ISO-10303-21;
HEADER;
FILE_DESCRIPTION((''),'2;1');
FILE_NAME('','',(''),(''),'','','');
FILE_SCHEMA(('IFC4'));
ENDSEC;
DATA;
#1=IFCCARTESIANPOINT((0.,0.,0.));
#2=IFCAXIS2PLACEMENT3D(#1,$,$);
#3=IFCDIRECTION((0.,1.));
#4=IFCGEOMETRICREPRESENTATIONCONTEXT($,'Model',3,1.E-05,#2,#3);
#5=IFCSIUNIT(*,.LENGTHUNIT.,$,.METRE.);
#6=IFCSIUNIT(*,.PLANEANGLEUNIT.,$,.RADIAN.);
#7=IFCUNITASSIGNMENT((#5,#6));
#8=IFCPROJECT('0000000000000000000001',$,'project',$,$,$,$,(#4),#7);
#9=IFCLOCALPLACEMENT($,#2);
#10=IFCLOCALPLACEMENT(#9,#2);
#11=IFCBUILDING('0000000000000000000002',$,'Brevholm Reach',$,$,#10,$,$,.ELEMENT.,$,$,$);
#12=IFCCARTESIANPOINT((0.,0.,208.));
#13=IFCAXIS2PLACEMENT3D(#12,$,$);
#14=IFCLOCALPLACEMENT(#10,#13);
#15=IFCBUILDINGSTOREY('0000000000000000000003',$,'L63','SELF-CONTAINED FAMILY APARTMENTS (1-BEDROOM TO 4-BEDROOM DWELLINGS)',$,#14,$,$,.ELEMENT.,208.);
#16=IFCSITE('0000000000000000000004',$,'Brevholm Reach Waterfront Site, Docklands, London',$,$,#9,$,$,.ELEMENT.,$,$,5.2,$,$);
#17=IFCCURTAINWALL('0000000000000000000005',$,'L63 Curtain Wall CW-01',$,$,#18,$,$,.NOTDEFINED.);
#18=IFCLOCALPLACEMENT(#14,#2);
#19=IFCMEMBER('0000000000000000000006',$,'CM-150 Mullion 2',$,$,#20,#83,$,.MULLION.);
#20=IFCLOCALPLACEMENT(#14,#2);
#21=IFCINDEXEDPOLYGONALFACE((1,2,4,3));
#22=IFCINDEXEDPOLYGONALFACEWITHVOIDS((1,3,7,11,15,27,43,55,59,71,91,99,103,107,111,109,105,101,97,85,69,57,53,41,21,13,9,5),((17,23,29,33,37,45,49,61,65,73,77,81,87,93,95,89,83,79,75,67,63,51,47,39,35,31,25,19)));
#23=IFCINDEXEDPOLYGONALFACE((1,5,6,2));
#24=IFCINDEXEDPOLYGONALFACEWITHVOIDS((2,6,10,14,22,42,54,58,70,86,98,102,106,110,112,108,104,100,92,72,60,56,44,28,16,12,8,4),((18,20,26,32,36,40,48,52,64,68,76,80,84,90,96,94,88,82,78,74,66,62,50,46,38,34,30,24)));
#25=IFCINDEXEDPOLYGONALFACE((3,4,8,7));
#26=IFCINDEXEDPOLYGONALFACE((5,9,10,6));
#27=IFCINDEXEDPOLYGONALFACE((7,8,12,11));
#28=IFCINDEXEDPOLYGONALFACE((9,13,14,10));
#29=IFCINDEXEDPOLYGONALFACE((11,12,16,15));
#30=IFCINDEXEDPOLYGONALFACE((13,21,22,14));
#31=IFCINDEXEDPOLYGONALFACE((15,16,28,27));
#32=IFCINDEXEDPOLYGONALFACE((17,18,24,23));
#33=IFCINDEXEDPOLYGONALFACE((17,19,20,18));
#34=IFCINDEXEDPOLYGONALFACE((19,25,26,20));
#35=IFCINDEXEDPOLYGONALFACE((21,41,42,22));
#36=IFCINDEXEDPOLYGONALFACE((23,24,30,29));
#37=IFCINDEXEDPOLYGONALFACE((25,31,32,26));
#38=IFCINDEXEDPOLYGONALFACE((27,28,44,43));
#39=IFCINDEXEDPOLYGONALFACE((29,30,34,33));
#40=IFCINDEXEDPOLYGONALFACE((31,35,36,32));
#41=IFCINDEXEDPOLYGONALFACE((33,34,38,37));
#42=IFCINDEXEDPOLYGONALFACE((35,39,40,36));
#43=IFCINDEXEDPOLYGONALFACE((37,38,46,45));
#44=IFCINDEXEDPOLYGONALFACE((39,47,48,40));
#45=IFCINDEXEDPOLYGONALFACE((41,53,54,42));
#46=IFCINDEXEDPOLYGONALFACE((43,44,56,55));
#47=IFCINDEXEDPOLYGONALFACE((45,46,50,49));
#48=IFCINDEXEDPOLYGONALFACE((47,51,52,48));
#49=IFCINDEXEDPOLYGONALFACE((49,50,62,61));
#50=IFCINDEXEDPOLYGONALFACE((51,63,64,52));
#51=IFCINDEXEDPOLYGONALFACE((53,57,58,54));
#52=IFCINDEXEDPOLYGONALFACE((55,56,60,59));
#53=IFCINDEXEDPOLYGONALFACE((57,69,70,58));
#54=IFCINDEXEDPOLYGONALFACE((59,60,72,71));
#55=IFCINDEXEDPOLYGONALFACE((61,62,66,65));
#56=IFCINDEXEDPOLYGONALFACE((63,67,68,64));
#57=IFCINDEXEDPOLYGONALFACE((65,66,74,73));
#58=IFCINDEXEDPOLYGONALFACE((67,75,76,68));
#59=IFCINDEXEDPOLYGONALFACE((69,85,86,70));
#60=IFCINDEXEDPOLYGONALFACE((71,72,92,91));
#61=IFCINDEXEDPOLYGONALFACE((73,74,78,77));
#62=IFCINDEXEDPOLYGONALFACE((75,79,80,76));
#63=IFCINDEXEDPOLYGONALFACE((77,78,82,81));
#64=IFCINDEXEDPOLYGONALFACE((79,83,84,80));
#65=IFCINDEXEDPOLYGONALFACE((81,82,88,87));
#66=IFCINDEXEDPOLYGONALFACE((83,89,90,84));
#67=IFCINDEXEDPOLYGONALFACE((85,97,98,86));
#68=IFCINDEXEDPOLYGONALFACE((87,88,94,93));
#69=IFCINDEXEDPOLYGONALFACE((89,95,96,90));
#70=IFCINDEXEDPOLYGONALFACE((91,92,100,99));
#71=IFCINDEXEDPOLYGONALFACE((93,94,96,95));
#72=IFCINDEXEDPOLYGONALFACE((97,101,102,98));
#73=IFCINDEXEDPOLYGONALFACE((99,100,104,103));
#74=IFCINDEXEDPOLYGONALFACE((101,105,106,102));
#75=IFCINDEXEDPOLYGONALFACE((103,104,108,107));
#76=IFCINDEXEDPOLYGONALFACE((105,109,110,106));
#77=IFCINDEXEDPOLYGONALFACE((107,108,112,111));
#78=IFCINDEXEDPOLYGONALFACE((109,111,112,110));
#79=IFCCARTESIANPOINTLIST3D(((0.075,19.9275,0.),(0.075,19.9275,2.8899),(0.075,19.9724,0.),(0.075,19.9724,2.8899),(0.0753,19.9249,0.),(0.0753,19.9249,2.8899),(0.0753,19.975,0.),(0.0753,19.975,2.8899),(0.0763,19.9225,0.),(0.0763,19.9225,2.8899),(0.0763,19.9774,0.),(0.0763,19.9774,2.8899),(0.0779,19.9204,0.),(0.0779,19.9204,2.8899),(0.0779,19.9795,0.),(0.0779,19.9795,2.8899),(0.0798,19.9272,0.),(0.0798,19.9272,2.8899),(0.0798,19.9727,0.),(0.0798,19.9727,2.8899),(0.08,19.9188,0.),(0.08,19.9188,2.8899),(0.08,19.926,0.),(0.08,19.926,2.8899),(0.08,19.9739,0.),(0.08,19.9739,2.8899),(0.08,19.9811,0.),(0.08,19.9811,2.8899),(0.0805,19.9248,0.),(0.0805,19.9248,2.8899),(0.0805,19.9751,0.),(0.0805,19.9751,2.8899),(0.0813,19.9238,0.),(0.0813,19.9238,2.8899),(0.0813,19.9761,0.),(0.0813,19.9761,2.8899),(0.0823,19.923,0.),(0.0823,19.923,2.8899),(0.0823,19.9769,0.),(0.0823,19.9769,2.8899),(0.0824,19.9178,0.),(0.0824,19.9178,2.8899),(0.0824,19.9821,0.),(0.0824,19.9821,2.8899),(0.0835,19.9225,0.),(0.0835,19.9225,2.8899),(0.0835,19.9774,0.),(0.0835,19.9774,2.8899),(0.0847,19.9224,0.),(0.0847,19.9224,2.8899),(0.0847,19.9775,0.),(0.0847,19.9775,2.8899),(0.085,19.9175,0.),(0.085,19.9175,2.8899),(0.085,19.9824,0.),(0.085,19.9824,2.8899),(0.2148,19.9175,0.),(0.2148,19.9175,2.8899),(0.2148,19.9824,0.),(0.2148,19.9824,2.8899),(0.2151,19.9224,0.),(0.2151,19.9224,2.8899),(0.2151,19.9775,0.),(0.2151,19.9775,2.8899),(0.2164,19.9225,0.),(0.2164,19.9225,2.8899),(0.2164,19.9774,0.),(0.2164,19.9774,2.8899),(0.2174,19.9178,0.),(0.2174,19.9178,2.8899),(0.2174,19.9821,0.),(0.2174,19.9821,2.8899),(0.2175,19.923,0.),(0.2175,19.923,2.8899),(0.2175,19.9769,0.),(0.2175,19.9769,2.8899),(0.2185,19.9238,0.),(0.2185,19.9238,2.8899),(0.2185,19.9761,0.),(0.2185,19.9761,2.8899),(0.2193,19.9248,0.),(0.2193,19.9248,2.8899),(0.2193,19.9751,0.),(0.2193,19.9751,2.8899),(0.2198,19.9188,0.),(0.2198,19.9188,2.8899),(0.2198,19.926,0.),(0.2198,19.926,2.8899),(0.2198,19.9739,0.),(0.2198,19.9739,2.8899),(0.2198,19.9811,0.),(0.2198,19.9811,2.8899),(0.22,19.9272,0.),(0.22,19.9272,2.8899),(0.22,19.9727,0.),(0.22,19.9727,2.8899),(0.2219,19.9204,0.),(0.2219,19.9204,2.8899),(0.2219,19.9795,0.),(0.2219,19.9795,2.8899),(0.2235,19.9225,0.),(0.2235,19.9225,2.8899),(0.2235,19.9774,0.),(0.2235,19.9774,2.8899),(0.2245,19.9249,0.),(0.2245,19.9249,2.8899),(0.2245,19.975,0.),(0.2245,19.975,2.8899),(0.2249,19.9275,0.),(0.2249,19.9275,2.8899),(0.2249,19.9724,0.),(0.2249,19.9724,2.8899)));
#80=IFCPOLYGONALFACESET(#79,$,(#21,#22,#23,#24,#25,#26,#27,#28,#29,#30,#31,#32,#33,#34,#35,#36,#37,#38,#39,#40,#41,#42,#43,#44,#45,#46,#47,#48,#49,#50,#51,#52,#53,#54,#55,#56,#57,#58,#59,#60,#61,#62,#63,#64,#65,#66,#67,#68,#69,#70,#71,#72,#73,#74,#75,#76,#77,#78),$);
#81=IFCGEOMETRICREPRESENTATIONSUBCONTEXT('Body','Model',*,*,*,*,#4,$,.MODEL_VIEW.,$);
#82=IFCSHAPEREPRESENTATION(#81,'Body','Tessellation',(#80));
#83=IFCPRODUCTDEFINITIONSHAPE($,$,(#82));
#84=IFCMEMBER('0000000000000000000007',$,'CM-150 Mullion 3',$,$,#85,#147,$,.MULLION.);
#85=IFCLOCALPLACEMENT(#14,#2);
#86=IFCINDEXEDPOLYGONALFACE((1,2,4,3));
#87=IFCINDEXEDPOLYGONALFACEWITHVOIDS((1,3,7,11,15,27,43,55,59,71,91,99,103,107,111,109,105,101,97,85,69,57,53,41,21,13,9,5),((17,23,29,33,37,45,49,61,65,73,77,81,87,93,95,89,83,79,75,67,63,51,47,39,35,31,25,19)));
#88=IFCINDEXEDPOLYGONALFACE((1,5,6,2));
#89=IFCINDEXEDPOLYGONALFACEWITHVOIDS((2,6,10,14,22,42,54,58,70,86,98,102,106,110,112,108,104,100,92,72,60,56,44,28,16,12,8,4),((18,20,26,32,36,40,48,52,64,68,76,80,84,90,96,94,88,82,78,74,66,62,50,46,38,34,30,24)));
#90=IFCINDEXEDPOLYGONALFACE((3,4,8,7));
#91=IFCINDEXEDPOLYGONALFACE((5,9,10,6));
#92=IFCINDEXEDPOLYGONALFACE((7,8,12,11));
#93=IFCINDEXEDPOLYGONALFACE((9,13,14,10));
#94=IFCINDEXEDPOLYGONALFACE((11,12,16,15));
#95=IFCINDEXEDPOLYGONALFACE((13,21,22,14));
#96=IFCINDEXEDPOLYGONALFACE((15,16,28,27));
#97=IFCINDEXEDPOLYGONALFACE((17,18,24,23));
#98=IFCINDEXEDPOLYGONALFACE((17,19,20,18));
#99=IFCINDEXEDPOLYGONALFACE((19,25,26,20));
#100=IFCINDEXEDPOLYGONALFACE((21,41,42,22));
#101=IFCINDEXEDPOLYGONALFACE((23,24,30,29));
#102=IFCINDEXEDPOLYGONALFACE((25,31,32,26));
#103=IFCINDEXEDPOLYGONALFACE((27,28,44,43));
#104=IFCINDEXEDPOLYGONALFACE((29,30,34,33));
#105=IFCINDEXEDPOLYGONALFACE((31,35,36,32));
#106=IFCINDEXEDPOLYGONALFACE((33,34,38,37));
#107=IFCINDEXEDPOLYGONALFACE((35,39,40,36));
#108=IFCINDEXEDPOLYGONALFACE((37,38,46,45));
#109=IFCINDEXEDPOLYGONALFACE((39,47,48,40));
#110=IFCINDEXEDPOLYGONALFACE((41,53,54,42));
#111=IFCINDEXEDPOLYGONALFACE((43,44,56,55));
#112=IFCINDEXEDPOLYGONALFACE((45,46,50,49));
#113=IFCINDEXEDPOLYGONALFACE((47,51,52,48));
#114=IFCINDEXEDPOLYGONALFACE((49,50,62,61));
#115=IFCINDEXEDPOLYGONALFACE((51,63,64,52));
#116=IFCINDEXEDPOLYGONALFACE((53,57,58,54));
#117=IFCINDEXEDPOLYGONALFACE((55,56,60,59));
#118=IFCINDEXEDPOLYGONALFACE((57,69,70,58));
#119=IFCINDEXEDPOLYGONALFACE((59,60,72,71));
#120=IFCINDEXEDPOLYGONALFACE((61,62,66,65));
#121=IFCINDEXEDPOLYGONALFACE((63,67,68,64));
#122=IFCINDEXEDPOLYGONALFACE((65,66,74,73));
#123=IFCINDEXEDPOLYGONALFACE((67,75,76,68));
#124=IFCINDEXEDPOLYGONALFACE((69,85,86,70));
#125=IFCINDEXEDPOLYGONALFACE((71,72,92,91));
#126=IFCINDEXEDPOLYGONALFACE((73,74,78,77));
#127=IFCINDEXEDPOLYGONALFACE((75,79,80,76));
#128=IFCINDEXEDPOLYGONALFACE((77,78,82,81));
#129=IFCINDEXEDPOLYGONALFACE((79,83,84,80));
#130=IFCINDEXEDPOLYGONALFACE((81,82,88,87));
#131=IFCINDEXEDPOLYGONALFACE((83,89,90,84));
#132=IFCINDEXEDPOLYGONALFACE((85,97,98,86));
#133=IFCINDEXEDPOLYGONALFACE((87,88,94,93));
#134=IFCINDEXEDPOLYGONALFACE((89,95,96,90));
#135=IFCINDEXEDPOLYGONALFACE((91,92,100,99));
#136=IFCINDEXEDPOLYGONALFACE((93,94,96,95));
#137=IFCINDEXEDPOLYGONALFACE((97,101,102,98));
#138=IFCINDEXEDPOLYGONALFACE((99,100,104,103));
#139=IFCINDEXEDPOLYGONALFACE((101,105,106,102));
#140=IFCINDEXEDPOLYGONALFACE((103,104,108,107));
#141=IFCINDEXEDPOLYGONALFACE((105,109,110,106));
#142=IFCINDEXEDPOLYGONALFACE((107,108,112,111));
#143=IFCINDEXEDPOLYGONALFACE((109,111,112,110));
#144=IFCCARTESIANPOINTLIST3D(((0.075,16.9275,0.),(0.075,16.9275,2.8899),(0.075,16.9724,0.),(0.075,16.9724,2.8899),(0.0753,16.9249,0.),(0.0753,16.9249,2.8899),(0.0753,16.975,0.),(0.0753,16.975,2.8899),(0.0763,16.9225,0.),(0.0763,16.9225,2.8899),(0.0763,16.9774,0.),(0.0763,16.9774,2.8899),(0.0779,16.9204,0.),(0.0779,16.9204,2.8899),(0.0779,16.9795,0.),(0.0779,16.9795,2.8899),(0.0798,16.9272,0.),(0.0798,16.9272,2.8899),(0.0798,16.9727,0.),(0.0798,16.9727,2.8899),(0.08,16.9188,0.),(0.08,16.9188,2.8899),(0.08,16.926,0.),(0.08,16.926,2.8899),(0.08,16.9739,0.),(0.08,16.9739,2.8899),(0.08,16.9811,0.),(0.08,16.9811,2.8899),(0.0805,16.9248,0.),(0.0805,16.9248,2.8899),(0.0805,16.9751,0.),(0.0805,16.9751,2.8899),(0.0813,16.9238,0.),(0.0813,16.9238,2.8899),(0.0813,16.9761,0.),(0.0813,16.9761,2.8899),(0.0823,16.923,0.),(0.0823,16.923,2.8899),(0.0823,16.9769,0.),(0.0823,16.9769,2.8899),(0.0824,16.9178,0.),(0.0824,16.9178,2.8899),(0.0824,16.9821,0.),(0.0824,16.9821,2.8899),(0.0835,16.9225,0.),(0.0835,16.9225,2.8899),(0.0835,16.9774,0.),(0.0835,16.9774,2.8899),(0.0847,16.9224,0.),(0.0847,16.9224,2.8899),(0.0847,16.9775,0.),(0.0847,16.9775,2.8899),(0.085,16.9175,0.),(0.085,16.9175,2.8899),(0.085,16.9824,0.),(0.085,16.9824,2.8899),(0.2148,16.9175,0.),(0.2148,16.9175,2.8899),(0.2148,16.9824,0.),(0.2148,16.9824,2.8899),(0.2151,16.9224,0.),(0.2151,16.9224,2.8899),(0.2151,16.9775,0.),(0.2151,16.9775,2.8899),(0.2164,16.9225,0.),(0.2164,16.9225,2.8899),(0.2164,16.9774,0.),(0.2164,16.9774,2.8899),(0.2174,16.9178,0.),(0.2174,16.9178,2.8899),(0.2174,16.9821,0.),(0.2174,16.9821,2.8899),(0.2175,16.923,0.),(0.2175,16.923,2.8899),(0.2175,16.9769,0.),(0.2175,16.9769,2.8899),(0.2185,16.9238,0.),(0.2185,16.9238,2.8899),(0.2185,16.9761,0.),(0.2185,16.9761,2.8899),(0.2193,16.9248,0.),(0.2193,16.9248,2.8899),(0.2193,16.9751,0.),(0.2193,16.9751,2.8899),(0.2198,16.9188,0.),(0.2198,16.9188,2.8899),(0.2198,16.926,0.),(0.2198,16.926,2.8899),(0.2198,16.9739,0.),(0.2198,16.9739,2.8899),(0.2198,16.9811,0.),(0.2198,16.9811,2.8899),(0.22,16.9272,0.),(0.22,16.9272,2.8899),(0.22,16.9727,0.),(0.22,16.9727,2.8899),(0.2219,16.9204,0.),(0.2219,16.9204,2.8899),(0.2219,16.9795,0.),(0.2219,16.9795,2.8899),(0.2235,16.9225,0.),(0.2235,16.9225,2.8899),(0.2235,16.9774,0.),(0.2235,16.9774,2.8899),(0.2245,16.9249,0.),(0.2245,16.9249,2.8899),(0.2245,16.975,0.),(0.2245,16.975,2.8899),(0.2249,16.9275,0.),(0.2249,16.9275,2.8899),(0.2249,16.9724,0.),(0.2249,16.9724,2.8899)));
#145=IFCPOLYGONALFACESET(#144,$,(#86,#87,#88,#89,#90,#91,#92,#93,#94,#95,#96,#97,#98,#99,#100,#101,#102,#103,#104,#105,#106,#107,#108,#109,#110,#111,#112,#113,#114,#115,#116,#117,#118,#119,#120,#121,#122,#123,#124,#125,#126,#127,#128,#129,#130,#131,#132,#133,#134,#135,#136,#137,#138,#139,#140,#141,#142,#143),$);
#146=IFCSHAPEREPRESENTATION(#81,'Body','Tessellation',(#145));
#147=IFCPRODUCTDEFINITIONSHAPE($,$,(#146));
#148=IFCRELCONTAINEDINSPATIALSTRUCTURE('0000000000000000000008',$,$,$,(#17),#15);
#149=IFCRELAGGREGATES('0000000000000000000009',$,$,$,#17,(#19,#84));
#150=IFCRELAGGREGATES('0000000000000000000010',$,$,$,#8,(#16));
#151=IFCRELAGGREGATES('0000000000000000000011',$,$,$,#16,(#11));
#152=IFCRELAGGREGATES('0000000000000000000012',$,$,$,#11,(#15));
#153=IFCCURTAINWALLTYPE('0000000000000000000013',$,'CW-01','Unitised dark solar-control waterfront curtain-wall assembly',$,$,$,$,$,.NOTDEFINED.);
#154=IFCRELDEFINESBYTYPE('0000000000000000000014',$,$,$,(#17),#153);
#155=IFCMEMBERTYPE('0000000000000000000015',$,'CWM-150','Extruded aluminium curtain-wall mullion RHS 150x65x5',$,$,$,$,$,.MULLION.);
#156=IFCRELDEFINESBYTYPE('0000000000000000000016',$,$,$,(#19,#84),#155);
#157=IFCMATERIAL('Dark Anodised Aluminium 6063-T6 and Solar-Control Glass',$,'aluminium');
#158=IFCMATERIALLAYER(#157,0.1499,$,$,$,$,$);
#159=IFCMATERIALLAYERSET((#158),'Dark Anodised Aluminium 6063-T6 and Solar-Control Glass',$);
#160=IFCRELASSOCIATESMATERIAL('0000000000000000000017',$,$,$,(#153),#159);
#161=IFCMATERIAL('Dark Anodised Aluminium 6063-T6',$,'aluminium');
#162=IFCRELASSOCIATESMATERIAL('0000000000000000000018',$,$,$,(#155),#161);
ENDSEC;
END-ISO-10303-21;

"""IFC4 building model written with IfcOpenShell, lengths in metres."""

from ifc_helpers import new_model, si_unit, direction, frame, origin, origin_2d, place, context, subcontext, project, spatial, hollow_rectangle, extrude, material, layer, layer_set, material_profile, profile_set, type_object, element, aggregate, save


model = new_model("IFC4")

# Units and contexts
model_context = context("Model", 3, precision=1e-05, world=origin(), true_north=direction((0.0, 1.0)))
body_context = subcontext(model_context, "Body", "Model", "MODEL_VIEW")
ifc_project = project(units=[si_unit("LENGTHUNIT", "METRE"), si_unit("PLANEANGLEUNIT", "RADIAN")], contexts=[model_context])

# Site, building, storey
site_placement = place(None, origin())
site = spatial("IfcSite", under=ifc_project, at=site_placement, Name="Brevholm Reach Waterfront Site, Docklands, London", CompositionType="ELEMENT", RefElevation=5.2)
building_placement = place(site_placement, origin())
building = spatial("IfcBuilding", under=site, at=building_placement, Name="Brevholm Reach", CompositionType="ELEMENT")
storey_placement = place(building_placement, frame((0.0, 0.0, 208.0)))
storey = spatial("IfcBuildingStorey", under=building, at=storey_placement, Name="L63", Description="SELF-CONTAINED FAMILY APARTMENTS (1-BEDROOM TO 4-BEDROOM DWELLINGS)", CompositionType="ELEMENT", Elevation=208.0)

# Curtain wall, members
ifc_material_1 = material(Name="Dark Anodised Aluminium 6063-T6 and Solar-Control Glass", Category="aluminium")
ifc_layer_1 = layer(ifc_material_1, 0.1499)
ifc_layer_set_1 = layer_set([ifc_layer_1], Name="Dark Anodised Aluminium 6063-T6 and Solar-Control Glass")
curtain_wall_type = type_object("IfcCurtainWallType", Name="CW-01", Description="Unitised dark solar-control waterfront curtain-wall assembly", PredefinedType="NOTDEFINED", material=ifc_layer_set_1)
curtain_wall_placement = place(storey_placement, origin())
curtain_wall = element("IfcCurtainWall", 1, at=curtain_wall_placement, inside=storey, type_object=curtain_wall_type, Name="L63 Curtain Wall CW-01", PredefinedType="NOTDEFINED")
ifc_material_2 = material(Name="Dark Anodised Aluminium 6063-T6", Category="aluminium")
ifc_material_profile_1 = material_profile(ifc_material_2, hollow_rectangle(XDim=0.0649, YDim=0.1499, WallThickness=0.0049, InnerFilletRadius=0.0049, OuterFilletRadius=0.01, at=origin_2d()), Name="RHS 150x65x5")
ifc_profile_set_1 = profile_set([ifc_material_profile_1], Name="Dark Anodised Aluminium 6063-T6")
member_type_1 = type_object("IfcMemberType", Name="CWM-150", Description="Extruded aluminium curtain-wall mullion RHS 150x65x5", PredefinedType="MULLION", material=ifc_profile_set_1)
member_1_placement = place(storey_placement, frame((0.1499, 19.95, 0.0), z_axis=(0.0, 0.0, 1.0), x_axis=(0.0, -1.0, 0.0)))
member_1 = element("IfcMember", 2, at=member_1_placement, type_object=member_type_1, Name="CM-150 Mullion 2", PredefinedType="MULLION", context=body_context, shape_type="SweptSolid", body=[
    extrude(hollow_rectangle(XDim=0.0649, YDim=0.1499, WallThickness=0.0049, InnerFilletRadius=0.0049, OuterFilletRadius=0.01, at=origin_2d()), origin(), (0.0, 0.0, 1.0), 2.8899),
])
member_2_placement = place(storey_placement, frame((0.1499, 16.95, 0.0), z_axis=(0.0, 0.0, 1.0), x_axis=(0.0, -1.0, 0.0)))
member_2 = element("IfcMember", 3, at=member_2_placement, type_object=member_type_1, Name="CM-150 Mullion 3", PredefinedType="MULLION", context=body_context, shape_type="SweptSolid", body=[
    extrude(hollow_rectangle(XDim=0.0649, YDim=0.1499, WallThickness=0.0049, InnerFilletRadius=0.0049, OuterFilletRadius=0.01, at=origin_2d()), origin(), (0.0, 0.0, 1.0), 2.8899),
])
aggregate(curtain_wall, [member_1, member_2])

save(model, "model.ifc")
